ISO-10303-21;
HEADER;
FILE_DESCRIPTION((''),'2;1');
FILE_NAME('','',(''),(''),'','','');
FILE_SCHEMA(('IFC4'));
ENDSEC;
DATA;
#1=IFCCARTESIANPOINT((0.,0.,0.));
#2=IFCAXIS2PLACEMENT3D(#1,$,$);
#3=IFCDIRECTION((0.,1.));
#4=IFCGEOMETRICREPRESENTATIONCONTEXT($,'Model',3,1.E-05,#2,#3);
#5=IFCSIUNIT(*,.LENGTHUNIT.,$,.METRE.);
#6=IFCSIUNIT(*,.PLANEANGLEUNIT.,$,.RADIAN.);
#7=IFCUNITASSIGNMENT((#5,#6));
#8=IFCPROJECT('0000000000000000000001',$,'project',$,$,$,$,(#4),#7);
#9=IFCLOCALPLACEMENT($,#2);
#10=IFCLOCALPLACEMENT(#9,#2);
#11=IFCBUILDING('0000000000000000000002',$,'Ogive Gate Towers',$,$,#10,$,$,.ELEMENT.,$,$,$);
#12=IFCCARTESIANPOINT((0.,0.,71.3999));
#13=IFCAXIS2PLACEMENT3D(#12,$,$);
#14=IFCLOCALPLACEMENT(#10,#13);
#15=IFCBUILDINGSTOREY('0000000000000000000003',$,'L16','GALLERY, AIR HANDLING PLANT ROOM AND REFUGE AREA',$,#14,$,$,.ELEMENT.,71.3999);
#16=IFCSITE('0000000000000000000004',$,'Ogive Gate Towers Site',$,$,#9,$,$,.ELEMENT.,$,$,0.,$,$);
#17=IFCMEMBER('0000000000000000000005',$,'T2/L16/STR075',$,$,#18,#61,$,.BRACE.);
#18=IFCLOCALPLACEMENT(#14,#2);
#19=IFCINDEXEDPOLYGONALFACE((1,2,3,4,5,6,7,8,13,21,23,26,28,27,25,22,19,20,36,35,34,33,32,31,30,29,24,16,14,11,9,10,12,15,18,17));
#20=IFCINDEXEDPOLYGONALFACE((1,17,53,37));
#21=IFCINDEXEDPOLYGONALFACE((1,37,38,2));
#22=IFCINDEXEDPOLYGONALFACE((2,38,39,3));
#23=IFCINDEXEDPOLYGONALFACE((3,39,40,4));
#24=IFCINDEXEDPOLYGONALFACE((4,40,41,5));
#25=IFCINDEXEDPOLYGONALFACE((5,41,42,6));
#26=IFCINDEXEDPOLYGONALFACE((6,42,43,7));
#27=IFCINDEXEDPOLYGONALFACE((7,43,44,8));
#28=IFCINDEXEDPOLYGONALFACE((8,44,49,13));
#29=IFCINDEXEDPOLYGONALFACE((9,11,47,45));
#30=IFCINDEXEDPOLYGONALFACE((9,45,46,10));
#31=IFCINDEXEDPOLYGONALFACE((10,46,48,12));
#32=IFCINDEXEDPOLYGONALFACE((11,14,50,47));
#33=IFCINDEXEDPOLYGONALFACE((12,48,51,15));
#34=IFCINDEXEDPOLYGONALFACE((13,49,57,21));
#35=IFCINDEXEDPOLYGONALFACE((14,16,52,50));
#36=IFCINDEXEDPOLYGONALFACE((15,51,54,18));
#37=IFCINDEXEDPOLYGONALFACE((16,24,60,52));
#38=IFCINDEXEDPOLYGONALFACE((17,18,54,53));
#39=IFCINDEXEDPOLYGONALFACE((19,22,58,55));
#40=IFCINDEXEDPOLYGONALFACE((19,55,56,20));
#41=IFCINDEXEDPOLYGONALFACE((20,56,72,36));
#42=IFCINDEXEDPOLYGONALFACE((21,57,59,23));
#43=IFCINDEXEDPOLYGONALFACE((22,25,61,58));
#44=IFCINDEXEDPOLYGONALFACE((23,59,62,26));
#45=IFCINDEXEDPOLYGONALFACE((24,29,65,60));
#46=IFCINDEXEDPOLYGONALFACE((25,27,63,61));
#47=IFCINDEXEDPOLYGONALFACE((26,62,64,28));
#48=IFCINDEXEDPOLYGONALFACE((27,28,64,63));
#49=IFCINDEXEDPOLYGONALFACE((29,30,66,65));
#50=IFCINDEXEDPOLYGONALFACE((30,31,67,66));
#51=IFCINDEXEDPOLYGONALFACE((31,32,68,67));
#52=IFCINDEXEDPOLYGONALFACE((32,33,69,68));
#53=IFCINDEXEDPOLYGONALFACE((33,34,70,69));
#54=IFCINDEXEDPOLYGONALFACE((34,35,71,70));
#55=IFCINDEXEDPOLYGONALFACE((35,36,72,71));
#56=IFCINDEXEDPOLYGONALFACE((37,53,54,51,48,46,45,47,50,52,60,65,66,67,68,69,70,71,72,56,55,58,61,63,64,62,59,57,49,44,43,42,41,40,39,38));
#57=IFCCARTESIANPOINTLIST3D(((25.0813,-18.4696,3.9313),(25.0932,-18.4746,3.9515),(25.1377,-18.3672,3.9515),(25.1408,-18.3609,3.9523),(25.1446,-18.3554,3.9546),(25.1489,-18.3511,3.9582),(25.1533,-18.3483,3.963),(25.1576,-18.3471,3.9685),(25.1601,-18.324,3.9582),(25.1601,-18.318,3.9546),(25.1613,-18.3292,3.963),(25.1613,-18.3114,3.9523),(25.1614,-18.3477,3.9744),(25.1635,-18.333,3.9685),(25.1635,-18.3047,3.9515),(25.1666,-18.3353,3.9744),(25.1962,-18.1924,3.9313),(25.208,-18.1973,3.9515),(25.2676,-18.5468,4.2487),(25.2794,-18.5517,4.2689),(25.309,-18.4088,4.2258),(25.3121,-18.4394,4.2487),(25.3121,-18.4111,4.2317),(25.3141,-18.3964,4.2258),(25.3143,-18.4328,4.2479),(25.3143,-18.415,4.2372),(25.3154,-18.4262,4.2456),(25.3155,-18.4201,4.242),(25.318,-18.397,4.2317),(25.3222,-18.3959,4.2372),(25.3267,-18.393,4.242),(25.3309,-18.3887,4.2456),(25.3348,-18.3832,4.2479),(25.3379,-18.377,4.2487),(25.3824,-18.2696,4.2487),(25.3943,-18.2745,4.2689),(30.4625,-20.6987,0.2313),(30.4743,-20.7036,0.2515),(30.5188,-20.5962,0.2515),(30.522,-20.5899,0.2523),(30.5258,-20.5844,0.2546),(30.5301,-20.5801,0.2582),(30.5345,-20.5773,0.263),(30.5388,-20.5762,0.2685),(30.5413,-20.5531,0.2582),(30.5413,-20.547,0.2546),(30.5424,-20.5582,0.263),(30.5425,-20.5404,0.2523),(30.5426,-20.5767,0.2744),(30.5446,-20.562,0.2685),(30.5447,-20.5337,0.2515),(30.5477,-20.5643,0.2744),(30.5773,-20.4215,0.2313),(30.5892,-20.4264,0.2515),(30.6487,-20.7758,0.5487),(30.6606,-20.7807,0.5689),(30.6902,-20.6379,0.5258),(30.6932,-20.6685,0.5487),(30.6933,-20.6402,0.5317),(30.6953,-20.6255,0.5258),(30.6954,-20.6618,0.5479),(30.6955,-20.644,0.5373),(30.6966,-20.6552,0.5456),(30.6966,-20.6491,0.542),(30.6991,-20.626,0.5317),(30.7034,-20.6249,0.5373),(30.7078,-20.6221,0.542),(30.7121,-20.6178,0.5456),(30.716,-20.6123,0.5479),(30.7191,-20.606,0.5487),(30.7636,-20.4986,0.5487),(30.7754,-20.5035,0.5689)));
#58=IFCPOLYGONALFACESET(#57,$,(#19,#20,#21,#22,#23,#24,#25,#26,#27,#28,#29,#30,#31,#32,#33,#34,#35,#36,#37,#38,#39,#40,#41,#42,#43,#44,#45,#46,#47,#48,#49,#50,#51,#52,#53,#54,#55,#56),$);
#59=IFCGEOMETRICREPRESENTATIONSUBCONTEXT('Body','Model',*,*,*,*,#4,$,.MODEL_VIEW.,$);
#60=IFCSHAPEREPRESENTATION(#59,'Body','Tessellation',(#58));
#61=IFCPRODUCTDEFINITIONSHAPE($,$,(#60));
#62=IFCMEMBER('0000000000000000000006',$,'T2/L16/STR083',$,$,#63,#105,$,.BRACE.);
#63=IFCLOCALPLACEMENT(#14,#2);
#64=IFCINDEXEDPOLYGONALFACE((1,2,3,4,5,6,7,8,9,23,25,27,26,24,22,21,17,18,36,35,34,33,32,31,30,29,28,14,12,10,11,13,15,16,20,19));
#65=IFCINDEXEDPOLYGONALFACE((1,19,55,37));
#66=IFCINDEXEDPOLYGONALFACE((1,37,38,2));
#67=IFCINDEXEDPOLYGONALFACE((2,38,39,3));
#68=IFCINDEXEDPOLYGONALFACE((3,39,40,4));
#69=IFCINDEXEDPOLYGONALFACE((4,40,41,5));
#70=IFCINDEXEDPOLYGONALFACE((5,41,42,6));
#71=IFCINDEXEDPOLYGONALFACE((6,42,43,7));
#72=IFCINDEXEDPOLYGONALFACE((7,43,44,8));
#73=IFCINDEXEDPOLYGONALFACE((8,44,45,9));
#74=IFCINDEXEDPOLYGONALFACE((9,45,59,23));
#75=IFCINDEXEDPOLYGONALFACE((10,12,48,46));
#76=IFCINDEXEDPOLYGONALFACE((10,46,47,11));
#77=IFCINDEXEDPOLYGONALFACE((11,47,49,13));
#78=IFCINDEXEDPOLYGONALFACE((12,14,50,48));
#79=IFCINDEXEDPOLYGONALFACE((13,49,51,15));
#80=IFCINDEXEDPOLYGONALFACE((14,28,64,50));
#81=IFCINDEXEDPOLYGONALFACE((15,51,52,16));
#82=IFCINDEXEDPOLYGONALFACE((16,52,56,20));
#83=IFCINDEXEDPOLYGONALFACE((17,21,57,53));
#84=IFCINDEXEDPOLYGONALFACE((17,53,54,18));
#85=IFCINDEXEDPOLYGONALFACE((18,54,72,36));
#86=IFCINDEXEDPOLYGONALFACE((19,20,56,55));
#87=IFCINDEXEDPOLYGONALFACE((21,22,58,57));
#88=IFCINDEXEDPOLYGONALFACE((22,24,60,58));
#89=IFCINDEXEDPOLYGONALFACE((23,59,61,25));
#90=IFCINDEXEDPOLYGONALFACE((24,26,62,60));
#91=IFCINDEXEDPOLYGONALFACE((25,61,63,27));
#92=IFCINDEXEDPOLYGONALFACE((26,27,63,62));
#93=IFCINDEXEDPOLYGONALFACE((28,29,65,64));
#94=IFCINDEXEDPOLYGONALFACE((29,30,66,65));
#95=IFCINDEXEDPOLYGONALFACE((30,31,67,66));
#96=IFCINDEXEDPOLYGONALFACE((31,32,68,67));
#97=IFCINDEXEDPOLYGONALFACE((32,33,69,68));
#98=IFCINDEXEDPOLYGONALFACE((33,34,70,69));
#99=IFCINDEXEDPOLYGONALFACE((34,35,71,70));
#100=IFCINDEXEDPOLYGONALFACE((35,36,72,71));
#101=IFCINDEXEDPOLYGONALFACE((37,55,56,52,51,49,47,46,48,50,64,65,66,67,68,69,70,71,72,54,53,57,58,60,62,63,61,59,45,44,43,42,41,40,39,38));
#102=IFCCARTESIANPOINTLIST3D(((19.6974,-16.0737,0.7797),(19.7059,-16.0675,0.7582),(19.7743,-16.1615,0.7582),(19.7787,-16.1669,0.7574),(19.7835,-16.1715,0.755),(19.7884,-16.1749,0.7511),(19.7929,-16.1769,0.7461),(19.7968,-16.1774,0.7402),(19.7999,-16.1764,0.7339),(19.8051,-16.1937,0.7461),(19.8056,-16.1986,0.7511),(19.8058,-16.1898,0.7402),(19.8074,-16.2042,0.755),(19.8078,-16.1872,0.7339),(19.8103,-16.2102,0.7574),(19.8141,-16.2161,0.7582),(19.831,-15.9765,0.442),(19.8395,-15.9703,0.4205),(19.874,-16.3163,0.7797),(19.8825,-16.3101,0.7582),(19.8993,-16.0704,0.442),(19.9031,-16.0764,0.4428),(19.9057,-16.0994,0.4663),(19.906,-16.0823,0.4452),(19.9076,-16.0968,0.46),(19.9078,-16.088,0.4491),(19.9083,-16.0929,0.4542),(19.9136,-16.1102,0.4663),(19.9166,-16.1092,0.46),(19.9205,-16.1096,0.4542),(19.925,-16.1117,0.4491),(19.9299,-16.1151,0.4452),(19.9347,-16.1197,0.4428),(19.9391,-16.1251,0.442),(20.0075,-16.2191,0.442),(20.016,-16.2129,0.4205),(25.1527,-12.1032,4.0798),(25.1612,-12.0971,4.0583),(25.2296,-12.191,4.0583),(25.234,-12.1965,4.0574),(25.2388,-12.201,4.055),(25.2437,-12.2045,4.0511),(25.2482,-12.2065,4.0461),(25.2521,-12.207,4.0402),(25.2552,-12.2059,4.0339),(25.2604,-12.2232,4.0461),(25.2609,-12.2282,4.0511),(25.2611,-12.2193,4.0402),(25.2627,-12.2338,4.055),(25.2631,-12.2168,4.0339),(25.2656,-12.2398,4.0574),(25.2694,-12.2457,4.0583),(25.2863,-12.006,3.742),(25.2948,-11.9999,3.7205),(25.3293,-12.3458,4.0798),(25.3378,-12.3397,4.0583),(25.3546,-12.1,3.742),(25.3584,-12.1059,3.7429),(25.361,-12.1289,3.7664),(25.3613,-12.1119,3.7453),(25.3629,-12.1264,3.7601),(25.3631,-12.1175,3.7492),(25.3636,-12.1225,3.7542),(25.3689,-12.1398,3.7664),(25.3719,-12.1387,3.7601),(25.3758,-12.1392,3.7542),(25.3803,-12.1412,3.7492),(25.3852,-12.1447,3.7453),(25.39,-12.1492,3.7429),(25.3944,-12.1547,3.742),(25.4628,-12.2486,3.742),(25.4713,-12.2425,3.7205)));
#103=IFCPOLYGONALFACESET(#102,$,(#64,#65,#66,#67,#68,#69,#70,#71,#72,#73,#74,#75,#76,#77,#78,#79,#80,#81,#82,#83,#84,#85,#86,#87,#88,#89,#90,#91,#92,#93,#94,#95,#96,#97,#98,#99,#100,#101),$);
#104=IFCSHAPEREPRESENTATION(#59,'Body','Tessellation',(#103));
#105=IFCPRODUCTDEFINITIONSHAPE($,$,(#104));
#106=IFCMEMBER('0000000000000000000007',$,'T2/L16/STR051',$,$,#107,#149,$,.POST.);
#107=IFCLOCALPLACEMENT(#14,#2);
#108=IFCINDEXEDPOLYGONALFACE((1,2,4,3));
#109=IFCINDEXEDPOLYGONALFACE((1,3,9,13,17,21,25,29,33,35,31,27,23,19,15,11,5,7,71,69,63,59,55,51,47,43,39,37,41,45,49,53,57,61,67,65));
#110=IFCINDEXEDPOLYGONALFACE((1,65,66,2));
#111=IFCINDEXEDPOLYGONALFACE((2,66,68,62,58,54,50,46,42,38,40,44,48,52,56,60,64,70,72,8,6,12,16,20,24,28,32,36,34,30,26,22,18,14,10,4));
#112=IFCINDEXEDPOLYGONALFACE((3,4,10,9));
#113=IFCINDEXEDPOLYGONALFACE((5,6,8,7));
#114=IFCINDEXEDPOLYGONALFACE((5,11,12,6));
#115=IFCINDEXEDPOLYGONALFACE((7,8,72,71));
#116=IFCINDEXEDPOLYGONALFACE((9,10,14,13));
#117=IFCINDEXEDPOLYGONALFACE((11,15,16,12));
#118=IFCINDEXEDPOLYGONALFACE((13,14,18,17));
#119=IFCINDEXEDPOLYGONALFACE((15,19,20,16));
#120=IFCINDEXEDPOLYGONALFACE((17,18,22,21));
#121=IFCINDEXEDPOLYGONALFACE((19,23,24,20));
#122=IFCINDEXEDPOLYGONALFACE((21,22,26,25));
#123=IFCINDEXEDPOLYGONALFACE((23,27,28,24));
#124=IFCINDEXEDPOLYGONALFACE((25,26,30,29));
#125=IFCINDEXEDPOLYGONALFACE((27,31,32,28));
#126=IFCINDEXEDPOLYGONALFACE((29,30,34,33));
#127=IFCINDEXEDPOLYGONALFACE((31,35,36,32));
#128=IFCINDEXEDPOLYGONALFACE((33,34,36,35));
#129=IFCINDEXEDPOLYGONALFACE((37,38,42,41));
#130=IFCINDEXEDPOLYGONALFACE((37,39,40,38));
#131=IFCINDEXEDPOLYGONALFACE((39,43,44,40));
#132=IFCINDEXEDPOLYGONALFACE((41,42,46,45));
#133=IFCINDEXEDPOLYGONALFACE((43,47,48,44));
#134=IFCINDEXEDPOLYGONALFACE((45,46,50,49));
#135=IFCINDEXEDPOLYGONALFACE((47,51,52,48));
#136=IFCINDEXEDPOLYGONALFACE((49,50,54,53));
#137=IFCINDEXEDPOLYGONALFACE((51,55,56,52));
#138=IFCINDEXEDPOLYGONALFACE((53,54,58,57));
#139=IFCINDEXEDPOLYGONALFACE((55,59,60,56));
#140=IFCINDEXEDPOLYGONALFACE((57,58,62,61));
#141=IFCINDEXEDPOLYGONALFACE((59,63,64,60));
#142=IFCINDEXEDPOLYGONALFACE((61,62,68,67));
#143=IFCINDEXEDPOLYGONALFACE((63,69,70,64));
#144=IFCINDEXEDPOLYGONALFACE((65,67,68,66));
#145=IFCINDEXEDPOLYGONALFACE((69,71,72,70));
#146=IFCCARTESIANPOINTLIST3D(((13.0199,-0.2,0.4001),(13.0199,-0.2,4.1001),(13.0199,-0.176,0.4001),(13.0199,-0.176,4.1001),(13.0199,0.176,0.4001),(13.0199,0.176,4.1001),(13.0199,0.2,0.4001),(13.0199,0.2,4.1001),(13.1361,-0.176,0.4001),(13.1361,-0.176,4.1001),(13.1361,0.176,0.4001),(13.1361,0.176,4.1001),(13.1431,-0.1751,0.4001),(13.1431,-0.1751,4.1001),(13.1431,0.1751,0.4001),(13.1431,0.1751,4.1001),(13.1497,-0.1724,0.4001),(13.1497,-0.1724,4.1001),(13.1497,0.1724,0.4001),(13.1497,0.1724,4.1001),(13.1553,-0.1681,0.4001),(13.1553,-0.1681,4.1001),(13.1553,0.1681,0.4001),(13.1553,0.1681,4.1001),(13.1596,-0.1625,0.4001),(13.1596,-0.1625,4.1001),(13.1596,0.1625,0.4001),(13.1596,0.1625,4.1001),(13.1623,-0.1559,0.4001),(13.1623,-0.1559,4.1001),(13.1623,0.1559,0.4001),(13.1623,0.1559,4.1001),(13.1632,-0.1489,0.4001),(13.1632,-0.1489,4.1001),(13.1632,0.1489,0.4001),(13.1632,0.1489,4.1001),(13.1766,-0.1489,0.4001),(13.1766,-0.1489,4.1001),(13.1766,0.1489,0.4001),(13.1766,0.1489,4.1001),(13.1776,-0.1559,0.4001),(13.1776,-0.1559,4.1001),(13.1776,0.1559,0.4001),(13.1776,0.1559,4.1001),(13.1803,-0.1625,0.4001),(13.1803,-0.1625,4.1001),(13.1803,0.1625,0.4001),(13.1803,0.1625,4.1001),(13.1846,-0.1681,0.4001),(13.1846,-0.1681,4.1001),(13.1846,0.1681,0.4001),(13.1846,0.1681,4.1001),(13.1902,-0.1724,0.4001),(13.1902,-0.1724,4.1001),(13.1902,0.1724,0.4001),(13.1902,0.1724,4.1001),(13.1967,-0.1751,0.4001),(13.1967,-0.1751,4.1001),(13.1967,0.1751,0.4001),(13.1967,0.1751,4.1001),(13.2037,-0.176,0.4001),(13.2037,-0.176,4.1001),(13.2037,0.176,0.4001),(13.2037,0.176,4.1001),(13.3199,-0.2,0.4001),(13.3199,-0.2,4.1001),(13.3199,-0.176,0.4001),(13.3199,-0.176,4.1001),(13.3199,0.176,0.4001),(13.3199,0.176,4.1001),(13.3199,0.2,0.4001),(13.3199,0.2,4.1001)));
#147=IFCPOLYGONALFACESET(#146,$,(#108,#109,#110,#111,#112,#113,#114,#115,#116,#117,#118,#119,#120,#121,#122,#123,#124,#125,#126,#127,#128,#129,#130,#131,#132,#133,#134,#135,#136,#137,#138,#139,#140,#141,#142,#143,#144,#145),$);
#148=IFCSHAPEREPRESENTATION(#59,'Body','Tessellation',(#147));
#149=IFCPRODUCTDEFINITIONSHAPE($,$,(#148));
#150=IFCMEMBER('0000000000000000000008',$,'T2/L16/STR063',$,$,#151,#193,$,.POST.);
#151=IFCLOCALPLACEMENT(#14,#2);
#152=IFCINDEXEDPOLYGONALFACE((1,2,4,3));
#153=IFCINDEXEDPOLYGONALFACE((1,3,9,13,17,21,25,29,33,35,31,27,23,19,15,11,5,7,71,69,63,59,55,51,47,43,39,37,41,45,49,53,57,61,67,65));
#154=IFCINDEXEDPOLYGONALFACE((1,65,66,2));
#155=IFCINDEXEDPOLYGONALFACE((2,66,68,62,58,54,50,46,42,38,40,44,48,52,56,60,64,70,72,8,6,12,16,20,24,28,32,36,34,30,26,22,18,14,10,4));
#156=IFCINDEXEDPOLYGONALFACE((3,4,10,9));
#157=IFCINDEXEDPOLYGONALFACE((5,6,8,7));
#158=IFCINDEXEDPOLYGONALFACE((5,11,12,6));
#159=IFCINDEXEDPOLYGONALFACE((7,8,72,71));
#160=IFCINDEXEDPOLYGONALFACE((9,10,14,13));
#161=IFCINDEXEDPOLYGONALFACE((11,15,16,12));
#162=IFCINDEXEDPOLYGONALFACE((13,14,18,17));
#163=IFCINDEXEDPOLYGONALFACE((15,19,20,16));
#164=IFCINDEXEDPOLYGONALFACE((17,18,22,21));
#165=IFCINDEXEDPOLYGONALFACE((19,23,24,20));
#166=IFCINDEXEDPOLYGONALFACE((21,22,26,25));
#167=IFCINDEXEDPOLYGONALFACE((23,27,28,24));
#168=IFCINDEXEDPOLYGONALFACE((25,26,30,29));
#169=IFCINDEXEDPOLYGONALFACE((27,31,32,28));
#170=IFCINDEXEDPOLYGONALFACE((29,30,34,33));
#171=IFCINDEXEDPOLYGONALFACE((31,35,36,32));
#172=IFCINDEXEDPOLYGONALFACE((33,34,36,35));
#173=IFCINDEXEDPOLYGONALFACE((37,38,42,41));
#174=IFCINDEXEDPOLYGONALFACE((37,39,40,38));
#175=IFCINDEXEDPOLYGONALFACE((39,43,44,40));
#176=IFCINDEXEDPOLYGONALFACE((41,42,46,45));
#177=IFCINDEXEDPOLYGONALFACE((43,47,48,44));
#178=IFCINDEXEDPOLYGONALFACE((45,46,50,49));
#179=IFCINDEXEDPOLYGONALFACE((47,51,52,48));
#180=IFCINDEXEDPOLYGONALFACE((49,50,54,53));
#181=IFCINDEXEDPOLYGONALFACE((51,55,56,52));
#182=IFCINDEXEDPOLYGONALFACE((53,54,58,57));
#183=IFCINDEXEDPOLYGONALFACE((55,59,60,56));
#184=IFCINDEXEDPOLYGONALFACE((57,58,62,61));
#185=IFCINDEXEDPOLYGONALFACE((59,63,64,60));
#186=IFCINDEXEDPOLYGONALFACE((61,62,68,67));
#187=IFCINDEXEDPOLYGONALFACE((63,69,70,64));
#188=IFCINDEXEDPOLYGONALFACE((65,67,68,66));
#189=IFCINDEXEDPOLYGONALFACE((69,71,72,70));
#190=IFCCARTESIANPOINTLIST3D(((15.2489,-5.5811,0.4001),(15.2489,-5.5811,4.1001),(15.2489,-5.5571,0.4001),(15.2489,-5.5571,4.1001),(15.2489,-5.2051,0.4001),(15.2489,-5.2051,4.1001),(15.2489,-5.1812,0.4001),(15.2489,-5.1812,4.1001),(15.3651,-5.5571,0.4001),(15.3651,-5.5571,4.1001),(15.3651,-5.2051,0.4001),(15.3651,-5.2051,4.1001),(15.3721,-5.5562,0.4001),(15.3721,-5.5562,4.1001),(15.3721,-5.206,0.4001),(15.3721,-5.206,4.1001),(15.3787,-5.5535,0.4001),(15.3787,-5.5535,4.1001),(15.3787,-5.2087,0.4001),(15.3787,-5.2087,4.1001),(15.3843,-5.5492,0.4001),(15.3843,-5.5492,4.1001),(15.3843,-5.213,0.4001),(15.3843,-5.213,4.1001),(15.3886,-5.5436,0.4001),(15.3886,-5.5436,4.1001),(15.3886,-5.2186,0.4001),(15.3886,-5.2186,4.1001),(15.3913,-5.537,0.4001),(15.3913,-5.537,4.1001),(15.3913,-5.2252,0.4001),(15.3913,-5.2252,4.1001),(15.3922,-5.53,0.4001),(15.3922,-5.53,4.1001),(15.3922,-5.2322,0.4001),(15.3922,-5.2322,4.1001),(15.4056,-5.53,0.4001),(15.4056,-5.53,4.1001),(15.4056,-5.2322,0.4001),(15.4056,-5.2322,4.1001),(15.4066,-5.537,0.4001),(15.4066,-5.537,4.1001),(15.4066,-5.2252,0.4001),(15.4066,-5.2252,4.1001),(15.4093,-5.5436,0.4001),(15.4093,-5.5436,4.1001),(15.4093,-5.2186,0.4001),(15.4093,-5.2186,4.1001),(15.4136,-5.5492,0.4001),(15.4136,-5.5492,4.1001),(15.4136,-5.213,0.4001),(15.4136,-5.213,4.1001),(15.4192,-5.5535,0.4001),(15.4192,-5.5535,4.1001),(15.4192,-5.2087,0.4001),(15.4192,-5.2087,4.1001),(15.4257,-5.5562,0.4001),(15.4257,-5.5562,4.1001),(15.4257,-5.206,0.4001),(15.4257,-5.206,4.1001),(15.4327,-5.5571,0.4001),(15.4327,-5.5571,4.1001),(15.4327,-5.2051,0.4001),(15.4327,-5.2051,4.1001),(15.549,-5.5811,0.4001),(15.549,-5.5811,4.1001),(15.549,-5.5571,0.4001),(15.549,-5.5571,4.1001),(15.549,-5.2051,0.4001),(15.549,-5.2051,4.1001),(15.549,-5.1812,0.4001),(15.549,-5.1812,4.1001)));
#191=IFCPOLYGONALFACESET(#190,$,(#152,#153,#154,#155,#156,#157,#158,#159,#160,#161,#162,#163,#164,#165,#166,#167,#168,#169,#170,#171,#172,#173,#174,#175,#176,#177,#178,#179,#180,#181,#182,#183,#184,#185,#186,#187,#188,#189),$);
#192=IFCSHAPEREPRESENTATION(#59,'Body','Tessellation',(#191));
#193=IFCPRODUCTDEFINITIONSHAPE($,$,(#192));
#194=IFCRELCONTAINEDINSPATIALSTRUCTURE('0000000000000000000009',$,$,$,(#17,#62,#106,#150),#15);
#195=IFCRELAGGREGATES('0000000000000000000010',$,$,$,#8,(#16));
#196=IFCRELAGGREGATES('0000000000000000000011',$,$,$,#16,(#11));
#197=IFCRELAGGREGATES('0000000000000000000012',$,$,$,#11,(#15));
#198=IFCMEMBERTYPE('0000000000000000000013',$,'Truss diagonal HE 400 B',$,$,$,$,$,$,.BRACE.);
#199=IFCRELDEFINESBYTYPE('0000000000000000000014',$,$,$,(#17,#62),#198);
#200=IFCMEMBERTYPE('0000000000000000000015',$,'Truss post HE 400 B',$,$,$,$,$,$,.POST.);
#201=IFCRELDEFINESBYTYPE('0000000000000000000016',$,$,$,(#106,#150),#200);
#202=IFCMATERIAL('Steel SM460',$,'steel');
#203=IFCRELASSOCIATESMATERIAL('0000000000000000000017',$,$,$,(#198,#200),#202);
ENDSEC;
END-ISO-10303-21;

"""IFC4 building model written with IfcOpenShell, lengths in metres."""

from ifc_helpers import new_model, si_unit, direction, frame, origin, origin_2d, place, context, subcontext, project, spatial, i_section, extrude, material, material_profile, profile_set, type_object, element, save


model = new_model("IFC4")

# Units and contexts
model_context = context("Model", 3, precision=1e-05, world=origin(), true_north=direction((0.0, 1.0)))
body_context = subcontext(model_context, "Body", "Model", "MODEL_VIEW")
ifc_project = project(units=[si_unit("LENGTHUNIT", "METRE"), si_unit("PLANEANGLEUNIT", "RADIAN")], contexts=[model_context])

# Site, building, storey
site_placement = place(None, origin())
site = spatial("IfcSite", under=ifc_project, at=site_placement, Name="Ogive Gate Towers Site", CompositionType="ELEMENT", RefElevation=0.0)
building_placement = place(site_placement, origin())
building = spatial("IfcBuilding", under=site, at=building_placement, Name="Ogive Gate Towers", CompositionType="ELEMENT")
storey_placement = place(building_placement, frame((0.0, 0.0, 71.3999)))
storey = spatial("IfcBuildingStorey", under=building, at=storey_placement, Name="L16", Description="GALLERY, AIR HANDLING PLANT ROOM AND REFUGE AREA", CompositionType="ELEMENT", Elevation=71.3999)

# Shared definitions
ifc_material_1 = material(Name="Steel SM460", Category="steel")

# Members
ifc_material_profile_1 = material_profile(ifc_material_1, i_section(OverallWidth=0.3, OverallDepth=0.3999, WebThickness=0.0134, FlangeThickness=0.0239, FilletRadius=0.0271, at=origin_2d()), Name="HE 400 B")
ifc_profile_set_1 = profile_set([ifc_material_profile_1], Name="Steel SM460")
member_type_1 = type_object("IfcMemberType", Name="Truss diagonal HE 400 B", PredefinedType="BRACE", material=ifc_profile_set_1)
member_1_placement = place(storey_placement, frame((25.2378, -18.3721, 4.1001), z_axis=(0.779834, -0.323029, -0.5362), x_axis=(0.382695, 0.923875, 0.0)))
element("IfcMember", 1, at=member_1_placement, inside=storey, type_object=member_type_1, Name="T2/L16/STR075", PredefinedType="BRACE", context=body_context, shape_type="SweptSolid", body=[
    extrude(i_section(OverallWidth=0.3, OverallDepth=0.3999, WebThickness=0.0134, FlangeThickness=0.0239, FilletRadius=0.0271, at=origin_2d()), origin(), (0.0, 0.0, 1.0), 6.9004),
])
member_2_placement = place(storey_placement, frame((25.312, -12.1729, 3.9001), z_axis=(-0.726309, -0.528618, -0.439361), x_axis=(0.588458, -0.808528, 0.0)))
element("IfcMember", 2, at=member_2_placement, inside=storey, type_object=member_type_1, Name="T2/L16/STR083", PredefinedType="BRACE", context=body_context, shape_type="SweptSolid", body=[
    extrude(i_section(OverallWidth=0.3, OverallDepth=0.3999, WebThickness=0.0134, FlangeThickness=0.0239, FilletRadius=0.0271, at=origin_2d()), origin(), (0.0, 0.0, 1.0), 7.511),
])
ifc_material_profile_2 = material_profile(ifc_material_1, i_section(OverallWidth=0.3, OverallDepth=0.3999, WebThickness=0.0134, FlangeThickness=0.0239, FilletRadius=0.0271, at=origin_2d()), Name="HE 400 B")
ifc_profile_set_2 = profile_set([ifc_material_profile_2], Name="Steel SM460")
member_type_2 = type_object("IfcMemberType", Name="Truss post HE 400 B", PredefinedType="POST", material=ifc_profile_set_2)
for number, where, z_axis, x_axis, name in (
    (3, (13.1699, 0.0, 0.4001), (0.0, 0.0, 1.0), (1.0, 0.0, 0.0), "T2/L16/STR051"),
    (4, (15.3989, -5.3811, 0.4001), (0.0, 0.0, 1.0), (1.0, 0.0, 0.0), "T2/L16/STR063"),
):
    element("IfcMember", number, at=place(storey_placement, frame(where, z_axis=z_axis, x_axis=x_axis)), inside=storey, type_object=member_type_2, Name=name, PredefinedType="POST", context=body_context, shape_type="SweptSolid", body=[
        extrude(i_section(OverallWidth=0.3, OverallDepth=0.3999, WebThickness=0.0134, FlangeThickness=0.0239, FilletRadius=0.0271, at=origin_2d()), origin(), (0.0, 0.0, 1.0), 3.7),
    ])

save(model, "model.ifc")
